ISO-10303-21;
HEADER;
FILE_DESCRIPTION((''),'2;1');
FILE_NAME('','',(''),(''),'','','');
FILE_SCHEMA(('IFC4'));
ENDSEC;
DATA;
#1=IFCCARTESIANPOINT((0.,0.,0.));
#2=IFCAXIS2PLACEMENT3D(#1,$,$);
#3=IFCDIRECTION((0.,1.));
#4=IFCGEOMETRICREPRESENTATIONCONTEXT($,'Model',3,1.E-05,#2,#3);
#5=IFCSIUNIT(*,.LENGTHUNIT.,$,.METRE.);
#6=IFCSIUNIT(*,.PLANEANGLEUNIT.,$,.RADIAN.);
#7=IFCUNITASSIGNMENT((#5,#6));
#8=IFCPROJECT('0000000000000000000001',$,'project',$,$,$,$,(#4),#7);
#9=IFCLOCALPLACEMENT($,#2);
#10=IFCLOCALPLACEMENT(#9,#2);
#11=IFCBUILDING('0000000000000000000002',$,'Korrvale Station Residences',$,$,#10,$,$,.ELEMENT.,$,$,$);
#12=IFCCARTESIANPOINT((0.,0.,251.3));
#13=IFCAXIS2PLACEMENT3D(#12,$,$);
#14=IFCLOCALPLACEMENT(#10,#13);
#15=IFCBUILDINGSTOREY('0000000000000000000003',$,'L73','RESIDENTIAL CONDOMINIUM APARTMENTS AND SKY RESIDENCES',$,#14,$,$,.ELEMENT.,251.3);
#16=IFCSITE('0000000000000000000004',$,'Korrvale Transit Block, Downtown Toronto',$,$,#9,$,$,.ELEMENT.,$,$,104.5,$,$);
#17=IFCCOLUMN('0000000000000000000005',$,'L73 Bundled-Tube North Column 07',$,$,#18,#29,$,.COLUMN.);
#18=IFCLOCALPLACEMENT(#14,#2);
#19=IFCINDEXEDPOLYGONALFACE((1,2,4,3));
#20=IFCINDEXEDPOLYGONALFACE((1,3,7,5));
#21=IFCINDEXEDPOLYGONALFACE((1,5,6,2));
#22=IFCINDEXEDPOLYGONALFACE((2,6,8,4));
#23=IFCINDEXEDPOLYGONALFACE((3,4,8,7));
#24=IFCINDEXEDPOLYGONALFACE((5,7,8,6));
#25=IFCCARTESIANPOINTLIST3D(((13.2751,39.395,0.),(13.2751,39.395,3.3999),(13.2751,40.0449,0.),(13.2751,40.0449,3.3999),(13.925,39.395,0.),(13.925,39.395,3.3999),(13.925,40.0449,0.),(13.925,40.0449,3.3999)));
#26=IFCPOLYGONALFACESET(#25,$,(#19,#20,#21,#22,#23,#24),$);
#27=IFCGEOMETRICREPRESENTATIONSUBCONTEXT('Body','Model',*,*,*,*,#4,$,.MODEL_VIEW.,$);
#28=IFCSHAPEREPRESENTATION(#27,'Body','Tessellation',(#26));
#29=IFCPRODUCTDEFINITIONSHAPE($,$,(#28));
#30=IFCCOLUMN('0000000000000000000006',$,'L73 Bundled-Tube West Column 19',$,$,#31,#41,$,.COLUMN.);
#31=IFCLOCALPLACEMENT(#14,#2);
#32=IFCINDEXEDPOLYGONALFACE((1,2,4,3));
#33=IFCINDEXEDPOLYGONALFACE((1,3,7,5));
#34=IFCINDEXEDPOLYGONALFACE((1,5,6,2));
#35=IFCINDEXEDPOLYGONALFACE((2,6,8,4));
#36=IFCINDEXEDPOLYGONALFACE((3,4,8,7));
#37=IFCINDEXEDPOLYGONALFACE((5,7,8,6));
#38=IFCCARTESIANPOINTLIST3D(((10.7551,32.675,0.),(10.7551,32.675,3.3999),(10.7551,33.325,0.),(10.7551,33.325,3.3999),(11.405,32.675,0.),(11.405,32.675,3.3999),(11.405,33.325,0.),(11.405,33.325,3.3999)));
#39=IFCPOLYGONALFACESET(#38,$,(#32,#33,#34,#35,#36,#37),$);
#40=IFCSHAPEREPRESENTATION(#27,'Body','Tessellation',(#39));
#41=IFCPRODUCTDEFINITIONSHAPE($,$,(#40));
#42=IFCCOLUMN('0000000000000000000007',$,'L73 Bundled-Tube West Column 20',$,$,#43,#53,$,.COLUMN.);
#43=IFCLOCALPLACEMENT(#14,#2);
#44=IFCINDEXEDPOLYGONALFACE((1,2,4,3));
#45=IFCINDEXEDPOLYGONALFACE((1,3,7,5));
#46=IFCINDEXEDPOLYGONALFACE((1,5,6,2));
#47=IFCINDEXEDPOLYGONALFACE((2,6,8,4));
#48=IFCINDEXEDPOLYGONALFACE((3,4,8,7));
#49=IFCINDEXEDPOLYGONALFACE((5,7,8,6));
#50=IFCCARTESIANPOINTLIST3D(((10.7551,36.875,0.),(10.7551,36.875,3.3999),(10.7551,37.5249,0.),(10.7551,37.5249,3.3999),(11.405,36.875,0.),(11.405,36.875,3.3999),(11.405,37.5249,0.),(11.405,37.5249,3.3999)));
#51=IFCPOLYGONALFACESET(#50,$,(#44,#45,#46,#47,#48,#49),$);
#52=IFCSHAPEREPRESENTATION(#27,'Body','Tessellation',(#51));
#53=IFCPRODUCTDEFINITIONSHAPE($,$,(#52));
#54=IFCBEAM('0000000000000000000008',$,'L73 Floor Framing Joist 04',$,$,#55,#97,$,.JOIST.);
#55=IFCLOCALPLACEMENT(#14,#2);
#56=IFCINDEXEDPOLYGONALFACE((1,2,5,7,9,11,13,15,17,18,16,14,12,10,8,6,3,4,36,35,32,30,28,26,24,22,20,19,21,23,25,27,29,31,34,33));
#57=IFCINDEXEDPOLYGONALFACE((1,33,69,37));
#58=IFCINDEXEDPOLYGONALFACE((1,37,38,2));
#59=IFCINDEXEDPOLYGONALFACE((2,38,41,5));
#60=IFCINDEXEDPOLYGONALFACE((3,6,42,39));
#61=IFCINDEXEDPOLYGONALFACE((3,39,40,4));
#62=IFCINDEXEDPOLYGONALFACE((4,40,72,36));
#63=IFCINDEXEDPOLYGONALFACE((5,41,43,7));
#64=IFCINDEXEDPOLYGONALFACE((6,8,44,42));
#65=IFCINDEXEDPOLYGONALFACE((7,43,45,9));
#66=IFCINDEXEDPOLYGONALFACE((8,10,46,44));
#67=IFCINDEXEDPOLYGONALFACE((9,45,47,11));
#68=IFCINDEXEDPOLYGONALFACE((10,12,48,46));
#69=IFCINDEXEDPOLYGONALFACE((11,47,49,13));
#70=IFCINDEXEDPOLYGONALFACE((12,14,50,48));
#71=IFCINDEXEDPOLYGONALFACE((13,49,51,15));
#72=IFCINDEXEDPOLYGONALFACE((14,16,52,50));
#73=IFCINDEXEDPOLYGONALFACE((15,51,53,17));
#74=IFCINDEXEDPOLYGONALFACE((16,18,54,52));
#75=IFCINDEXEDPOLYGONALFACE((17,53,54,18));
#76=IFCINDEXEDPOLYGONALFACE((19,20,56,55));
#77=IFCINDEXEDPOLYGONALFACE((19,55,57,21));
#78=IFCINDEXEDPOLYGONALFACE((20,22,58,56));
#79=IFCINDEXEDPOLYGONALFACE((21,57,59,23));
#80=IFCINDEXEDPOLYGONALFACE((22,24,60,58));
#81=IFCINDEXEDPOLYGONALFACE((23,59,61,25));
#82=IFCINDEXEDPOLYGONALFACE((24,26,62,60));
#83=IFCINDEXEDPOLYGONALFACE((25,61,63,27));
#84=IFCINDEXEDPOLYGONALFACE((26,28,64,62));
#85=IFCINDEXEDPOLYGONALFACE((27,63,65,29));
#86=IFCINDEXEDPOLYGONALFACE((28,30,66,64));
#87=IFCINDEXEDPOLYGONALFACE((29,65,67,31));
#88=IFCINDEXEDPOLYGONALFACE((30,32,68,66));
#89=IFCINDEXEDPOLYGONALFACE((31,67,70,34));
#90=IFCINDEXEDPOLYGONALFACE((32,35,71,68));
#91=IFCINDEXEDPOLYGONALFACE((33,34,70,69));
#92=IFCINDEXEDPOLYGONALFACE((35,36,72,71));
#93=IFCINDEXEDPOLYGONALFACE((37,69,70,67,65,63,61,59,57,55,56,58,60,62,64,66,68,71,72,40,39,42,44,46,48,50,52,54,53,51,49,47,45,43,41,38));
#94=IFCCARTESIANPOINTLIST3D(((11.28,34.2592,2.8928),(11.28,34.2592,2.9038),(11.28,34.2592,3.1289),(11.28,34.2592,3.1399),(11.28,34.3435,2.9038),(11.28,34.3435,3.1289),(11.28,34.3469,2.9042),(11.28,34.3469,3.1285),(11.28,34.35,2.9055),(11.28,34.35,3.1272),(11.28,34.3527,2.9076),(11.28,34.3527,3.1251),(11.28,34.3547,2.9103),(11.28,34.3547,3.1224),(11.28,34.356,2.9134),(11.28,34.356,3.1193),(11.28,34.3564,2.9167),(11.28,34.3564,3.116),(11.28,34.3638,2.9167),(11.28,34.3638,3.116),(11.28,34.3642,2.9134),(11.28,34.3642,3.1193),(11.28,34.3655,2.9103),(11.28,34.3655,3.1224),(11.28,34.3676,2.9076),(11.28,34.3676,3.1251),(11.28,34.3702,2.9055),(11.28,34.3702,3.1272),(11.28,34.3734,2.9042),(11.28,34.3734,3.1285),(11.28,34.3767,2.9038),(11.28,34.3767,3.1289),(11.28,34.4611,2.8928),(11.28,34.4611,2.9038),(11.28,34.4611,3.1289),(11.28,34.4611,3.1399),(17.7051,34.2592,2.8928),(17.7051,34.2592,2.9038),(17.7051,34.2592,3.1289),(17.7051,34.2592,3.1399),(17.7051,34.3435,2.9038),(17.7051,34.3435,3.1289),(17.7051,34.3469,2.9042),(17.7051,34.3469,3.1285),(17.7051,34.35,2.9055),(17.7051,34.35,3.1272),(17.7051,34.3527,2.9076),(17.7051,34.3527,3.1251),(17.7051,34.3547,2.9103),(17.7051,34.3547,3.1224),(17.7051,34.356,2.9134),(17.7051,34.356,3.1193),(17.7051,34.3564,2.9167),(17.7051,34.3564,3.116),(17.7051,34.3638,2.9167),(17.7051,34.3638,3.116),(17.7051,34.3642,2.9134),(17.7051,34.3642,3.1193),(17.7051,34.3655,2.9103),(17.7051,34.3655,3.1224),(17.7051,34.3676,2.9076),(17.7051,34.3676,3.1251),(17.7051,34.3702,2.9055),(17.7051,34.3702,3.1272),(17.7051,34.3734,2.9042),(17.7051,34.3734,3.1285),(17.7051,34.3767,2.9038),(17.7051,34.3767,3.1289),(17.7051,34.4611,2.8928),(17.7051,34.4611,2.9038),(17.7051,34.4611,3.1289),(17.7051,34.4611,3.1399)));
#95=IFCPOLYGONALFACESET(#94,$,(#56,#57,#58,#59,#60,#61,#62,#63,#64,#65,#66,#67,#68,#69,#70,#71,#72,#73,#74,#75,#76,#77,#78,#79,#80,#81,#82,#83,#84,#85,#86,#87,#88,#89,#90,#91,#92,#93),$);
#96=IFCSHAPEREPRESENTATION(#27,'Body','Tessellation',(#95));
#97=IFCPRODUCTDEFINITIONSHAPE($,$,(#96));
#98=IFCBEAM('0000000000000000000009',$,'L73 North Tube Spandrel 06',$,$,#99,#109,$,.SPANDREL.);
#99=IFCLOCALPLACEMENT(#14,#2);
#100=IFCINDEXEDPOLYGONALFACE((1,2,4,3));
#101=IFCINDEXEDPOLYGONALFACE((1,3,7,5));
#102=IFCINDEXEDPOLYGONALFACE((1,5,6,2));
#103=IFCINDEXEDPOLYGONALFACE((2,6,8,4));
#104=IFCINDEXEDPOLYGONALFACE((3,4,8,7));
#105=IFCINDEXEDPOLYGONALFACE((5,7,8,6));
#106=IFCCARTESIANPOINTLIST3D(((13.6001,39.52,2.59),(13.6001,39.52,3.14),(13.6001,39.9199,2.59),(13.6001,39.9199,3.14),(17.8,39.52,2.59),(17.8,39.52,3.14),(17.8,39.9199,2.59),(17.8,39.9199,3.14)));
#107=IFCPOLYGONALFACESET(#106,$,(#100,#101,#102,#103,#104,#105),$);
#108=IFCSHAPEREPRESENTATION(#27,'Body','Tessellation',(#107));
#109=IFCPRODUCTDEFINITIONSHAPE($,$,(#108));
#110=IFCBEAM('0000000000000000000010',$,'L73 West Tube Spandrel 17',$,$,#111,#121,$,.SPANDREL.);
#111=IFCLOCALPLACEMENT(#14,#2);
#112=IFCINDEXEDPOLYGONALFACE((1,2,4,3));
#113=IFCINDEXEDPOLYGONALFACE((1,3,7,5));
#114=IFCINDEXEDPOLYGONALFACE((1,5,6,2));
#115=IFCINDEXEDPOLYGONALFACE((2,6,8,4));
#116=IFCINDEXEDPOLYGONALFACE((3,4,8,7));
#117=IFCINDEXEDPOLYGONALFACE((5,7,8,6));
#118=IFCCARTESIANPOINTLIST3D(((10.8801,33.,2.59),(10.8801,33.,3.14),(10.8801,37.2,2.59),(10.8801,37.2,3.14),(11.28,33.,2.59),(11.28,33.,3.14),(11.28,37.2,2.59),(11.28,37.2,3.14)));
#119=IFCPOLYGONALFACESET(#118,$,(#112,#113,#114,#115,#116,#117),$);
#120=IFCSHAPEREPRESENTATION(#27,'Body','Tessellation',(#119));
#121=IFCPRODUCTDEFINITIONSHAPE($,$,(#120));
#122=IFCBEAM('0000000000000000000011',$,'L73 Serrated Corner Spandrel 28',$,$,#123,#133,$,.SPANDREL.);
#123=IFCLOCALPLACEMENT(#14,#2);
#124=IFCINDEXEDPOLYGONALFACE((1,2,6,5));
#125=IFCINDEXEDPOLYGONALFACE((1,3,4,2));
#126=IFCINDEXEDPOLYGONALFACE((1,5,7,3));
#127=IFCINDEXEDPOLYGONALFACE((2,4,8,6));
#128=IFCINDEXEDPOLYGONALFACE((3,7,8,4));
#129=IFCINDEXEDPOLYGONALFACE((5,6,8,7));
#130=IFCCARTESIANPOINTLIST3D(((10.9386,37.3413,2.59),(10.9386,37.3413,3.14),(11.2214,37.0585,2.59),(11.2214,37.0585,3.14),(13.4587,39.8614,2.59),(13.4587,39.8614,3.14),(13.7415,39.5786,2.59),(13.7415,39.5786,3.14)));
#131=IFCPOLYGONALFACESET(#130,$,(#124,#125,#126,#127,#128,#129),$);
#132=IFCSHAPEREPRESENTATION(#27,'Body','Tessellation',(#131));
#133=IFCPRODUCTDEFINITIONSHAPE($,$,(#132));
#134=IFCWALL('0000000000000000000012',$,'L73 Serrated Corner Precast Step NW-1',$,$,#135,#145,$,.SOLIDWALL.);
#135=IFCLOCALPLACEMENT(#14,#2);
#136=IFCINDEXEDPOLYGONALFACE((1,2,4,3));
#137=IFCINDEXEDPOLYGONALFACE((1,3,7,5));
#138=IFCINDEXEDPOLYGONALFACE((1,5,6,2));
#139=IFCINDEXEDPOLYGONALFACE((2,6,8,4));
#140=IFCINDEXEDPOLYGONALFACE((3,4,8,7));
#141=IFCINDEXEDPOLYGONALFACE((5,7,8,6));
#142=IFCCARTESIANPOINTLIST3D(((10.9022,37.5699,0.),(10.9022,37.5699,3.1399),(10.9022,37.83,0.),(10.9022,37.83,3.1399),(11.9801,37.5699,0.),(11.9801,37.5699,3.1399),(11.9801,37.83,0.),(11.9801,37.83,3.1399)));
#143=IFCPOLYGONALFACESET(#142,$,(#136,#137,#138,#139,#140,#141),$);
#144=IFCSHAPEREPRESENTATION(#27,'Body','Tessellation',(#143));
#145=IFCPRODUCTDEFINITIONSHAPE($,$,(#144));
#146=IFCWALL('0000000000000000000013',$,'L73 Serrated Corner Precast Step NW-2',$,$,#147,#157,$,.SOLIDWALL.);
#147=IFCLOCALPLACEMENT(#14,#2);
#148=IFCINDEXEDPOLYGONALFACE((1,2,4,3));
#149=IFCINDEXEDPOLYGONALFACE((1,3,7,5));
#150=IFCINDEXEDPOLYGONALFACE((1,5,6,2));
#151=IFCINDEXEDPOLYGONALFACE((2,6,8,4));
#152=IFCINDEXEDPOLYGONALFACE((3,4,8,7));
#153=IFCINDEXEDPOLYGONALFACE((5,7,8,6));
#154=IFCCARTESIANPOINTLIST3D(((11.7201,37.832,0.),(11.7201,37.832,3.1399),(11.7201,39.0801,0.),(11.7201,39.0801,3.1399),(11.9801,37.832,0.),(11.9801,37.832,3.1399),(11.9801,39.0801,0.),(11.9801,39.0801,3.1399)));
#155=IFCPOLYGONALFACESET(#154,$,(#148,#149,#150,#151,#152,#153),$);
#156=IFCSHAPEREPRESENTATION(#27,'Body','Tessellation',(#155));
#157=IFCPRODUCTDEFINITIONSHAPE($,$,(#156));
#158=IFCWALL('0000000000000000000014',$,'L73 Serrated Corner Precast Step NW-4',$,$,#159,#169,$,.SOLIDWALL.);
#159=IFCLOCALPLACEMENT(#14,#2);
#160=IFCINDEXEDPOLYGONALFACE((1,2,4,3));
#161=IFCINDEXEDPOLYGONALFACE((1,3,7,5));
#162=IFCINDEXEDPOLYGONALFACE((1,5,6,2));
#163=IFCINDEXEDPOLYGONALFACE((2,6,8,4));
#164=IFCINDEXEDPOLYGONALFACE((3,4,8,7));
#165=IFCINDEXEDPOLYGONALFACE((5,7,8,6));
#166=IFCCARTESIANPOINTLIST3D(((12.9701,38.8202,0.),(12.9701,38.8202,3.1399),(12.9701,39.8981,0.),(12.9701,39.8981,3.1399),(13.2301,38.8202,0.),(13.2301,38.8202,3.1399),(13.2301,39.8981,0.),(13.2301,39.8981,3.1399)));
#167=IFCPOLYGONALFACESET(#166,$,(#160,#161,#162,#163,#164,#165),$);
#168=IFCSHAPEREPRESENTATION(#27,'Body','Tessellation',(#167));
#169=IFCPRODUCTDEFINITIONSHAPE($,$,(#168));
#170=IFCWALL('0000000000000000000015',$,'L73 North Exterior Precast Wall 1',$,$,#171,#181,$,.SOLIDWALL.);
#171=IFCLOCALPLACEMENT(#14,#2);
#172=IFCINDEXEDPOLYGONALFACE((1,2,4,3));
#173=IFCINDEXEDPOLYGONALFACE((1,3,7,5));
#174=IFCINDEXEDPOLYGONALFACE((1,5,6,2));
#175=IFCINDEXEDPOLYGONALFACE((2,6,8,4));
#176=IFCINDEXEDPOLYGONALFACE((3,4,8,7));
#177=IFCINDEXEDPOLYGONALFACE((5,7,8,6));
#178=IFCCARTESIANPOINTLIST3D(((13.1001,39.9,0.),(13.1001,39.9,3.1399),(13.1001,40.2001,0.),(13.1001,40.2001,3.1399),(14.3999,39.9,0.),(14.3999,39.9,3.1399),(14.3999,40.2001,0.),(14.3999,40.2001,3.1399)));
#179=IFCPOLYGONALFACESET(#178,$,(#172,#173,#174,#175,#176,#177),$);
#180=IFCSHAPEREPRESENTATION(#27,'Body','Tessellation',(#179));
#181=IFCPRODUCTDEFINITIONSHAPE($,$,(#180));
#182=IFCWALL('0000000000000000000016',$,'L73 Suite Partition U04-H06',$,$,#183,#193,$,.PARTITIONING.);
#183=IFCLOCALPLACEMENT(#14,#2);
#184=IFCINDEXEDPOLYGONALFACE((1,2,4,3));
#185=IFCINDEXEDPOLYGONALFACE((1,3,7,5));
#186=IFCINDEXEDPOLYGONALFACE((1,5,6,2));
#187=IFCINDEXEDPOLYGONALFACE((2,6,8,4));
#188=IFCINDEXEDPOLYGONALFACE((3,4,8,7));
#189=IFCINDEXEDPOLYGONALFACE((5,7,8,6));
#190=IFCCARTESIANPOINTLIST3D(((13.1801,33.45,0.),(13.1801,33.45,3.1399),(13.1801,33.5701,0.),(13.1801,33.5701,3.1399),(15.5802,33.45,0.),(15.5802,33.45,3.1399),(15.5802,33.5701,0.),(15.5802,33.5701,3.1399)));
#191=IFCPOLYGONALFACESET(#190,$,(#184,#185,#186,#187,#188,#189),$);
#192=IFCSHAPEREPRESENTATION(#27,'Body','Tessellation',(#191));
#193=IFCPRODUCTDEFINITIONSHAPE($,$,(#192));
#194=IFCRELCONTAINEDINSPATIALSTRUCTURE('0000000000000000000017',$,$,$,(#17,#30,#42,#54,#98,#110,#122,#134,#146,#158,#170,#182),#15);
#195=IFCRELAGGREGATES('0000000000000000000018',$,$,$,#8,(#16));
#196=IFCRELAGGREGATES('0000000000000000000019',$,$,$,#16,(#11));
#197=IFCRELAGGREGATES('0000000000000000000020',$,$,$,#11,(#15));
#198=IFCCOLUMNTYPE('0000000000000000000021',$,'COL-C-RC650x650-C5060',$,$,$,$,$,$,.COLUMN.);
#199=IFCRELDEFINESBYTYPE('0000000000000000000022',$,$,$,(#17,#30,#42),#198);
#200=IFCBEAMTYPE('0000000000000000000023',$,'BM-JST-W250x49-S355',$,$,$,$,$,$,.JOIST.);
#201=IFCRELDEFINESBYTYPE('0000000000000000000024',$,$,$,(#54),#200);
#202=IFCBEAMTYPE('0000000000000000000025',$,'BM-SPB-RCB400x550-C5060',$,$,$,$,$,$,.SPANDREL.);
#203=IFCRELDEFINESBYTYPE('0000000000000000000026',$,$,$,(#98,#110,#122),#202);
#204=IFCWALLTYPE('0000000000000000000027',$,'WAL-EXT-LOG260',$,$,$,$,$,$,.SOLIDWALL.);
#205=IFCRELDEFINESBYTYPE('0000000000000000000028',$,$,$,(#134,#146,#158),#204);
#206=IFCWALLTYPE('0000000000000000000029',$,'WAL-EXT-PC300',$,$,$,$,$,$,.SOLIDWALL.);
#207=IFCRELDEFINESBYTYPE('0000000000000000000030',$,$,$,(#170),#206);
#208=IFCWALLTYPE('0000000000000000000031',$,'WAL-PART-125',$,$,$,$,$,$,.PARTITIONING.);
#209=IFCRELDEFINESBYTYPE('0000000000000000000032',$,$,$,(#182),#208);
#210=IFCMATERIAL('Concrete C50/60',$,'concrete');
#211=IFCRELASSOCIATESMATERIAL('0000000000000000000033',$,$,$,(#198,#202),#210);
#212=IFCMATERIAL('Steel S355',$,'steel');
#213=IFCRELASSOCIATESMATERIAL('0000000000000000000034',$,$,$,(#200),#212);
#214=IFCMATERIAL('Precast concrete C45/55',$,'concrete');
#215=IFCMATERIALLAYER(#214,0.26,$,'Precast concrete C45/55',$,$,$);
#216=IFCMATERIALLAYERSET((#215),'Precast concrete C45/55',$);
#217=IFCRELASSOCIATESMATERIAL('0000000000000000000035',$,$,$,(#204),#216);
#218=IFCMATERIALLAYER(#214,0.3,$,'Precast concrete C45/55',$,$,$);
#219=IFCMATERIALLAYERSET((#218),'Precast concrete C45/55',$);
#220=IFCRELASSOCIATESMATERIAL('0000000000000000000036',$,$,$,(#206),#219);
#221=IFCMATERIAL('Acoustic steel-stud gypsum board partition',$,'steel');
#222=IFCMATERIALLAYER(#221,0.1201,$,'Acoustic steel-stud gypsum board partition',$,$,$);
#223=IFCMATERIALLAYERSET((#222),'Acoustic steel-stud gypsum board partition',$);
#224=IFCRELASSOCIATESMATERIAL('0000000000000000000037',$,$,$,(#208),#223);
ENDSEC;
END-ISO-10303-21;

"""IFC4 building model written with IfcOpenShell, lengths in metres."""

from ifc_helpers import new_model, si_unit, direction, frame, frame_2d, origin, origin_2d, place, context, subcontext, project, spatial, rectangle, i_section, extrude, material, layer, layer_set, material_profile, profile_set, type_object, element, save


model = new_model("IFC4")

# Units and contexts
model_context = context("Model", 3, precision=1e-05, world=origin(), true_north=direction((0.0, 1.0)))
body_context = subcontext(model_context, "Body", "Model", "MODEL_VIEW")
ifc_project = project(units=[si_unit("LENGTHUNIT", "METRE"), si_unit("PLANEANGLEUNIT", "RADIAN")], contexts=[model_context])

# Site, building, storey
site_placement = place(None, origin())
site = spatial("IfcSite", under=ifc_project, at=site_placement, Name="Korrvale Transit Block, Downtown Toronto", CompositionType="ELEMENT", RefElevation=104.5)
building_placement = place(site_placement, origin())
building = spatial("IfcBuilding", under=site, at=building_placement, Name="Korrvale Station Residences", CompositionType="ELEMENT")
storey_placement = place(building_placement, frame((0.0, 0.0, 251.3)))
storey = spatial("IfcBuildingStorey", under=building, at=storey_placement, Name="L73", Description="RESIDENTIAL CONDOMINIUM APARTMENTS AND SKY RESIDENCES", CompositionType="ELEMENT", Elevation=251.3)

# Columns
ifc_material_1 = material(Name="Concrete C50/60", Category="concrete")
ifc_material_profile_1 = material_profile(ifc_material_1, rectangle(XDim=0.6499, YDim=0.6499, at=origin_2d()), Name="RC650x650")
ifc_profile_set_1 = profile_set([ifc_material_profile_1], Name="Concrete C50/60")
column_type = type_object("IfcColumnType", Name="COL-C-RC650x650-C5060", PredefinedType="COLUMN", material=ifc_profile_set_1)
for number, where, z_axis, x_axis, name in (
    (1, (13.6001, 39.72, 0.0), (0.0, 0.0, 1.0), (1.0, 0.0, 0.0), "L73 Bundled-Tube North Column 07"),
    (2, (11.0801, 33.0, 0.0), (0.0, 0.0, 1.0), (1.0, 0.0, 0.0), "L73 Bundled-Tube West Column 19"),
    (3, (11.0801, 37.2, 0.0), (0.0, 0.0, 1.0), (1.0, 0.0, 0.0), "L73 Bundled-Tube West Column 20"),
):
    element("IfcColumn", number, at=place(storey_placement, frame(where, z_axis=z_axis, x_axis=x_axis)), inside=storey, type_object=column_type, Name=name, PredefinedType="COLUMN", context=body_context, shape_type="SweptSolid", body=[
        extrude(rectangle(XDim=0.6499, YDim=0.6499, at=origin_2d()), origin(), (0.0, 0.0, 1.0), 3.3999),
    ])

# Beams
ifc_material_2 = material(Name="Steel S355", Category="steel")
ifc_material_profile_2 = material_profile(ifc_material_2, i_section(OverallWidth=0.2019, OverallDepth=0.2471, WebThickness=0.0073, FlangeThickness=0.011, FilletRadius=0.0129, at=origin_2d()), Name="W250x49")
ifc_profile_set_2 = profile_set([ifc_material_profile_2], Name="Steel S355")
beam_type_1 = type_object("IfcBeamType", Name="BM-JST-W250x49-S355", PredefinedType="JOIST", material=ifc_profile_set_2)
beam_1_placement = place(storey_placement, frame((11.28, 34.3601, 3.0164), z_axis=(1.0, 0.0, 0.0), x_axis=(0.0, 1.0, 0.0)))
element("IfcBeam", 4, at=beam_1_placement, inside=storey, type_object=beam_type_1, Name="L73 Floor Framing Joist 04", PredefinedType="JOIST", context=body_context, shape_type="SweptSolid", body=[
    extrude(i_section(OverallWidth=0.2019, OverallDepth=0.2471, WebThickness=0.0073, FlangeThickness=0.011, FilletRadius=0.0129, at=origin_2d()), origin(), (0.0, 0.0, 1.0), 6.425),
])
ifc_material_profile_3 = material_profile(ifc_material_1, rectangle(XDim=0.3999, YDim=0.55, at=origin_2d()), Name="RCB400x550")
ifc_profile_set_3 = profile_set([ifc_material_profile_3], Name="Concrete C50/60")
beam_type_2 = type_object("IfcBeamType", Name="BM-SPB-RCB400x550-C5060", PredefinedType="SPANDREL", material=ifc_profile_set_3)
for number, where, z_axis, x_axis, name in (
    (5, (13.6001, 39.72, 2.865), (1.0, 0.0, 0.0), (0.0, 1.0, 0.0), "L73 North Tube Spandrel 06"),
    (6, (11.0801, 33.0, 2.865), (0.0, 1.0, 0.0), (-1.0, 0.0, 0.0), "L73 West Tube Spandrel 17"),
):
    element("IfcBeam", number, at=place(storey_placement, frame(where, z_axis=z_axis, x_axis=x_axis)), inside=storey, type_object=beam_type_2, Name=name, PredefinedType="SPANDREL", context=body_context, shape_type="SweptSolid", body=[
        extrude(rectangle(XDim=0.3999, YDim=0.55, at=origin_2d()), origin(), (0.0, 0.0, 1.0), 4.2),
    ])
beam_2_placement = place(storey_placement, frame((13.6001, 39.72, 2.865), z_axis=(-0.707107, -0.707107, 0.0), x_axis=(0.707107, -0.707107, 0.0)))
element("IfcBeam", 7, at=beam_2_placement, inside=storey, type_object=beam_type_2, Name="L73 Serrated Corner Spandrel 28", PredefinedType="SPANDREL", context=body_context, shape_type="SweptSolid", body=[
    extrude(rectangle(XDim=0.3999, YDim=0.55, at=origin_2d()), origin(), (0.0, 0.0, 1.0), 3.564),
])

# Walls
ifc_material_3 = material(Name="Precast concrete C45/55", Category="concrete")
ifc_layer_1 = layer(ifc_material_3, 0.26, Name="Precast concrete C45/55")
ifc_layer_set_1 = layer_set([ifc_layer_1], Name="Precast concrete C45/55")
wall_type_1 = type_object("IfcWallType", Name="WAL-EXT-LOG260", PredefinedType="SOLIDWALL", material=ifc_layer_set_1)
wall_1_placement = place(storey_placement, frame((10.9021, 37.7, 0.0), z_axis=(0.0, 0.0, 1.0), x_axis=(1.0, 0.0, 0.0)))
element("IfcWall", 8, at=wall_1_placement, inside=storey, type_object=wall_type_1, Name="L73 Serrated Corner Precast Step NW-1", PredefinedType="SOLIDWALL", context=body_context, shape_type="SweptSolid", body=[
    extrude(rectangle(XDim=1.0779, YDim=0.26, at=frame_2d((0.5391, 0.0))), origin(), (0.0, 0.0, 1.0), 3.1399),
])
wall_2_placement = place(storey_placement, frame((11.8501, 37.832, 0.0), z_axis=(0.0, 0.0, 1.0), x_axis=(0.0, 1.0, 0.0)))
element("IfcWall", 9, at=wall_2_placement, inside=storey, type_object=wall_type_1, Name="L73 Serrated Corner Precast Step NW-2", PredefinedType="SOLIDWALL", context=body_context, shape_type="SweptSolid", body=[
    extrude(rectangle(XDim=1.248, YDim=0.26, at=frame_2d((0.624, 0.0))), origin(), (0.0, 0.0, 1.0), 3.1399),
])
wall_3_placement = place(storey_placement, frame((13.1001, 38.8201, 0.0), z_axis=(0.0, 0.0, 1.0), x_axis=(0.0, 1.0, 0.0)))
element("IfcWall", 10, at=wall_3_placement, inside=storey, type_object=wall_type_1, Name="L73 Serrated Corner Precast Step NW-4", PredefinedType="SOLIDWALL", context=body_context, shape_type="SweptSolid", body=[
    extrude(rectangle(XDim=1.0779, YDim=0.26, at=frame_2d((0.5391, 0.0))), origin(), (0.0, 0.0, 1.0), 3.1399),
])
ifc_layer_2 = layer(ifc_material_3, 0.3, Name="Precast concrete C45/55")
ifc_layer_set_2 = layer_set([ifc_layer_2], Name="Precast concrete C45/55")
wall_type_2 = type_object("IfcWallType", Name="WAL-EXT-PC300", PredefinedType="SOLIDWALL", material=ifc_layer_set_2)
wall_4_placement = place(storey_placement, frame((13.1001, 40.05, 0.0), z_axis=(0.0, 0.0, 1.0), x_axis=(1.0, 0.0, 0.0)))
element("IfcWall", 11, at=wall_4_placement, inside=storey, type_object=wall_type_2, Name="L73 North Exterior Precast Wall 1", PredefinedType="SOLIDWALL", context=body_context, shape_type="SweptSolid", body=[
    extrude(rectangle(XDim=1.2998, YDim=0.3, at=frame_2d((0.6499, 0.0))), origin(), (0.0, 0.0, 1.0), 3.1399),
])
ifc_material_4 = material(Name="Acoustic steel-stud gypsum board partition", Category="steel")
ifc_layer_3 = layer(ifc_material_4, 0.1201, Name="Acoustic steel-stud gypsum board partition")
ifc_layer_set_3 = layer_set([ifc_layer_3], Name="Acoustic steel-stud gypsum board partition")
wall_type_3 = type_object("IfcWallType", Name="WAL-PART-125", PredefinedType="PARTITIONING", material=ifc_layer_set_3)
wall_5_placement = place(storey_placement, frame((13.1799, 33.51, 0.0), z_axis=(0.0, 0.0, 1.0), x_axis=(1.0, 0.0, 0.0)))
element("IfcWall", 12, at=wall_5_placement, inside=storey, type_object=wall_type_3, Name="L73 Suite Partition U04-H06", PredefinedType="PARTITIONING", context=body_context, shape_type="SweptSolid", body=[
    extrude(rectangle(XDim=2.4001, YDim=0.1201, at=frame_2d((1.2002, 0.0))), origin(), (0.0, 0.0, 1.0), 3.1399),
])

save(model, "model.ifc")
